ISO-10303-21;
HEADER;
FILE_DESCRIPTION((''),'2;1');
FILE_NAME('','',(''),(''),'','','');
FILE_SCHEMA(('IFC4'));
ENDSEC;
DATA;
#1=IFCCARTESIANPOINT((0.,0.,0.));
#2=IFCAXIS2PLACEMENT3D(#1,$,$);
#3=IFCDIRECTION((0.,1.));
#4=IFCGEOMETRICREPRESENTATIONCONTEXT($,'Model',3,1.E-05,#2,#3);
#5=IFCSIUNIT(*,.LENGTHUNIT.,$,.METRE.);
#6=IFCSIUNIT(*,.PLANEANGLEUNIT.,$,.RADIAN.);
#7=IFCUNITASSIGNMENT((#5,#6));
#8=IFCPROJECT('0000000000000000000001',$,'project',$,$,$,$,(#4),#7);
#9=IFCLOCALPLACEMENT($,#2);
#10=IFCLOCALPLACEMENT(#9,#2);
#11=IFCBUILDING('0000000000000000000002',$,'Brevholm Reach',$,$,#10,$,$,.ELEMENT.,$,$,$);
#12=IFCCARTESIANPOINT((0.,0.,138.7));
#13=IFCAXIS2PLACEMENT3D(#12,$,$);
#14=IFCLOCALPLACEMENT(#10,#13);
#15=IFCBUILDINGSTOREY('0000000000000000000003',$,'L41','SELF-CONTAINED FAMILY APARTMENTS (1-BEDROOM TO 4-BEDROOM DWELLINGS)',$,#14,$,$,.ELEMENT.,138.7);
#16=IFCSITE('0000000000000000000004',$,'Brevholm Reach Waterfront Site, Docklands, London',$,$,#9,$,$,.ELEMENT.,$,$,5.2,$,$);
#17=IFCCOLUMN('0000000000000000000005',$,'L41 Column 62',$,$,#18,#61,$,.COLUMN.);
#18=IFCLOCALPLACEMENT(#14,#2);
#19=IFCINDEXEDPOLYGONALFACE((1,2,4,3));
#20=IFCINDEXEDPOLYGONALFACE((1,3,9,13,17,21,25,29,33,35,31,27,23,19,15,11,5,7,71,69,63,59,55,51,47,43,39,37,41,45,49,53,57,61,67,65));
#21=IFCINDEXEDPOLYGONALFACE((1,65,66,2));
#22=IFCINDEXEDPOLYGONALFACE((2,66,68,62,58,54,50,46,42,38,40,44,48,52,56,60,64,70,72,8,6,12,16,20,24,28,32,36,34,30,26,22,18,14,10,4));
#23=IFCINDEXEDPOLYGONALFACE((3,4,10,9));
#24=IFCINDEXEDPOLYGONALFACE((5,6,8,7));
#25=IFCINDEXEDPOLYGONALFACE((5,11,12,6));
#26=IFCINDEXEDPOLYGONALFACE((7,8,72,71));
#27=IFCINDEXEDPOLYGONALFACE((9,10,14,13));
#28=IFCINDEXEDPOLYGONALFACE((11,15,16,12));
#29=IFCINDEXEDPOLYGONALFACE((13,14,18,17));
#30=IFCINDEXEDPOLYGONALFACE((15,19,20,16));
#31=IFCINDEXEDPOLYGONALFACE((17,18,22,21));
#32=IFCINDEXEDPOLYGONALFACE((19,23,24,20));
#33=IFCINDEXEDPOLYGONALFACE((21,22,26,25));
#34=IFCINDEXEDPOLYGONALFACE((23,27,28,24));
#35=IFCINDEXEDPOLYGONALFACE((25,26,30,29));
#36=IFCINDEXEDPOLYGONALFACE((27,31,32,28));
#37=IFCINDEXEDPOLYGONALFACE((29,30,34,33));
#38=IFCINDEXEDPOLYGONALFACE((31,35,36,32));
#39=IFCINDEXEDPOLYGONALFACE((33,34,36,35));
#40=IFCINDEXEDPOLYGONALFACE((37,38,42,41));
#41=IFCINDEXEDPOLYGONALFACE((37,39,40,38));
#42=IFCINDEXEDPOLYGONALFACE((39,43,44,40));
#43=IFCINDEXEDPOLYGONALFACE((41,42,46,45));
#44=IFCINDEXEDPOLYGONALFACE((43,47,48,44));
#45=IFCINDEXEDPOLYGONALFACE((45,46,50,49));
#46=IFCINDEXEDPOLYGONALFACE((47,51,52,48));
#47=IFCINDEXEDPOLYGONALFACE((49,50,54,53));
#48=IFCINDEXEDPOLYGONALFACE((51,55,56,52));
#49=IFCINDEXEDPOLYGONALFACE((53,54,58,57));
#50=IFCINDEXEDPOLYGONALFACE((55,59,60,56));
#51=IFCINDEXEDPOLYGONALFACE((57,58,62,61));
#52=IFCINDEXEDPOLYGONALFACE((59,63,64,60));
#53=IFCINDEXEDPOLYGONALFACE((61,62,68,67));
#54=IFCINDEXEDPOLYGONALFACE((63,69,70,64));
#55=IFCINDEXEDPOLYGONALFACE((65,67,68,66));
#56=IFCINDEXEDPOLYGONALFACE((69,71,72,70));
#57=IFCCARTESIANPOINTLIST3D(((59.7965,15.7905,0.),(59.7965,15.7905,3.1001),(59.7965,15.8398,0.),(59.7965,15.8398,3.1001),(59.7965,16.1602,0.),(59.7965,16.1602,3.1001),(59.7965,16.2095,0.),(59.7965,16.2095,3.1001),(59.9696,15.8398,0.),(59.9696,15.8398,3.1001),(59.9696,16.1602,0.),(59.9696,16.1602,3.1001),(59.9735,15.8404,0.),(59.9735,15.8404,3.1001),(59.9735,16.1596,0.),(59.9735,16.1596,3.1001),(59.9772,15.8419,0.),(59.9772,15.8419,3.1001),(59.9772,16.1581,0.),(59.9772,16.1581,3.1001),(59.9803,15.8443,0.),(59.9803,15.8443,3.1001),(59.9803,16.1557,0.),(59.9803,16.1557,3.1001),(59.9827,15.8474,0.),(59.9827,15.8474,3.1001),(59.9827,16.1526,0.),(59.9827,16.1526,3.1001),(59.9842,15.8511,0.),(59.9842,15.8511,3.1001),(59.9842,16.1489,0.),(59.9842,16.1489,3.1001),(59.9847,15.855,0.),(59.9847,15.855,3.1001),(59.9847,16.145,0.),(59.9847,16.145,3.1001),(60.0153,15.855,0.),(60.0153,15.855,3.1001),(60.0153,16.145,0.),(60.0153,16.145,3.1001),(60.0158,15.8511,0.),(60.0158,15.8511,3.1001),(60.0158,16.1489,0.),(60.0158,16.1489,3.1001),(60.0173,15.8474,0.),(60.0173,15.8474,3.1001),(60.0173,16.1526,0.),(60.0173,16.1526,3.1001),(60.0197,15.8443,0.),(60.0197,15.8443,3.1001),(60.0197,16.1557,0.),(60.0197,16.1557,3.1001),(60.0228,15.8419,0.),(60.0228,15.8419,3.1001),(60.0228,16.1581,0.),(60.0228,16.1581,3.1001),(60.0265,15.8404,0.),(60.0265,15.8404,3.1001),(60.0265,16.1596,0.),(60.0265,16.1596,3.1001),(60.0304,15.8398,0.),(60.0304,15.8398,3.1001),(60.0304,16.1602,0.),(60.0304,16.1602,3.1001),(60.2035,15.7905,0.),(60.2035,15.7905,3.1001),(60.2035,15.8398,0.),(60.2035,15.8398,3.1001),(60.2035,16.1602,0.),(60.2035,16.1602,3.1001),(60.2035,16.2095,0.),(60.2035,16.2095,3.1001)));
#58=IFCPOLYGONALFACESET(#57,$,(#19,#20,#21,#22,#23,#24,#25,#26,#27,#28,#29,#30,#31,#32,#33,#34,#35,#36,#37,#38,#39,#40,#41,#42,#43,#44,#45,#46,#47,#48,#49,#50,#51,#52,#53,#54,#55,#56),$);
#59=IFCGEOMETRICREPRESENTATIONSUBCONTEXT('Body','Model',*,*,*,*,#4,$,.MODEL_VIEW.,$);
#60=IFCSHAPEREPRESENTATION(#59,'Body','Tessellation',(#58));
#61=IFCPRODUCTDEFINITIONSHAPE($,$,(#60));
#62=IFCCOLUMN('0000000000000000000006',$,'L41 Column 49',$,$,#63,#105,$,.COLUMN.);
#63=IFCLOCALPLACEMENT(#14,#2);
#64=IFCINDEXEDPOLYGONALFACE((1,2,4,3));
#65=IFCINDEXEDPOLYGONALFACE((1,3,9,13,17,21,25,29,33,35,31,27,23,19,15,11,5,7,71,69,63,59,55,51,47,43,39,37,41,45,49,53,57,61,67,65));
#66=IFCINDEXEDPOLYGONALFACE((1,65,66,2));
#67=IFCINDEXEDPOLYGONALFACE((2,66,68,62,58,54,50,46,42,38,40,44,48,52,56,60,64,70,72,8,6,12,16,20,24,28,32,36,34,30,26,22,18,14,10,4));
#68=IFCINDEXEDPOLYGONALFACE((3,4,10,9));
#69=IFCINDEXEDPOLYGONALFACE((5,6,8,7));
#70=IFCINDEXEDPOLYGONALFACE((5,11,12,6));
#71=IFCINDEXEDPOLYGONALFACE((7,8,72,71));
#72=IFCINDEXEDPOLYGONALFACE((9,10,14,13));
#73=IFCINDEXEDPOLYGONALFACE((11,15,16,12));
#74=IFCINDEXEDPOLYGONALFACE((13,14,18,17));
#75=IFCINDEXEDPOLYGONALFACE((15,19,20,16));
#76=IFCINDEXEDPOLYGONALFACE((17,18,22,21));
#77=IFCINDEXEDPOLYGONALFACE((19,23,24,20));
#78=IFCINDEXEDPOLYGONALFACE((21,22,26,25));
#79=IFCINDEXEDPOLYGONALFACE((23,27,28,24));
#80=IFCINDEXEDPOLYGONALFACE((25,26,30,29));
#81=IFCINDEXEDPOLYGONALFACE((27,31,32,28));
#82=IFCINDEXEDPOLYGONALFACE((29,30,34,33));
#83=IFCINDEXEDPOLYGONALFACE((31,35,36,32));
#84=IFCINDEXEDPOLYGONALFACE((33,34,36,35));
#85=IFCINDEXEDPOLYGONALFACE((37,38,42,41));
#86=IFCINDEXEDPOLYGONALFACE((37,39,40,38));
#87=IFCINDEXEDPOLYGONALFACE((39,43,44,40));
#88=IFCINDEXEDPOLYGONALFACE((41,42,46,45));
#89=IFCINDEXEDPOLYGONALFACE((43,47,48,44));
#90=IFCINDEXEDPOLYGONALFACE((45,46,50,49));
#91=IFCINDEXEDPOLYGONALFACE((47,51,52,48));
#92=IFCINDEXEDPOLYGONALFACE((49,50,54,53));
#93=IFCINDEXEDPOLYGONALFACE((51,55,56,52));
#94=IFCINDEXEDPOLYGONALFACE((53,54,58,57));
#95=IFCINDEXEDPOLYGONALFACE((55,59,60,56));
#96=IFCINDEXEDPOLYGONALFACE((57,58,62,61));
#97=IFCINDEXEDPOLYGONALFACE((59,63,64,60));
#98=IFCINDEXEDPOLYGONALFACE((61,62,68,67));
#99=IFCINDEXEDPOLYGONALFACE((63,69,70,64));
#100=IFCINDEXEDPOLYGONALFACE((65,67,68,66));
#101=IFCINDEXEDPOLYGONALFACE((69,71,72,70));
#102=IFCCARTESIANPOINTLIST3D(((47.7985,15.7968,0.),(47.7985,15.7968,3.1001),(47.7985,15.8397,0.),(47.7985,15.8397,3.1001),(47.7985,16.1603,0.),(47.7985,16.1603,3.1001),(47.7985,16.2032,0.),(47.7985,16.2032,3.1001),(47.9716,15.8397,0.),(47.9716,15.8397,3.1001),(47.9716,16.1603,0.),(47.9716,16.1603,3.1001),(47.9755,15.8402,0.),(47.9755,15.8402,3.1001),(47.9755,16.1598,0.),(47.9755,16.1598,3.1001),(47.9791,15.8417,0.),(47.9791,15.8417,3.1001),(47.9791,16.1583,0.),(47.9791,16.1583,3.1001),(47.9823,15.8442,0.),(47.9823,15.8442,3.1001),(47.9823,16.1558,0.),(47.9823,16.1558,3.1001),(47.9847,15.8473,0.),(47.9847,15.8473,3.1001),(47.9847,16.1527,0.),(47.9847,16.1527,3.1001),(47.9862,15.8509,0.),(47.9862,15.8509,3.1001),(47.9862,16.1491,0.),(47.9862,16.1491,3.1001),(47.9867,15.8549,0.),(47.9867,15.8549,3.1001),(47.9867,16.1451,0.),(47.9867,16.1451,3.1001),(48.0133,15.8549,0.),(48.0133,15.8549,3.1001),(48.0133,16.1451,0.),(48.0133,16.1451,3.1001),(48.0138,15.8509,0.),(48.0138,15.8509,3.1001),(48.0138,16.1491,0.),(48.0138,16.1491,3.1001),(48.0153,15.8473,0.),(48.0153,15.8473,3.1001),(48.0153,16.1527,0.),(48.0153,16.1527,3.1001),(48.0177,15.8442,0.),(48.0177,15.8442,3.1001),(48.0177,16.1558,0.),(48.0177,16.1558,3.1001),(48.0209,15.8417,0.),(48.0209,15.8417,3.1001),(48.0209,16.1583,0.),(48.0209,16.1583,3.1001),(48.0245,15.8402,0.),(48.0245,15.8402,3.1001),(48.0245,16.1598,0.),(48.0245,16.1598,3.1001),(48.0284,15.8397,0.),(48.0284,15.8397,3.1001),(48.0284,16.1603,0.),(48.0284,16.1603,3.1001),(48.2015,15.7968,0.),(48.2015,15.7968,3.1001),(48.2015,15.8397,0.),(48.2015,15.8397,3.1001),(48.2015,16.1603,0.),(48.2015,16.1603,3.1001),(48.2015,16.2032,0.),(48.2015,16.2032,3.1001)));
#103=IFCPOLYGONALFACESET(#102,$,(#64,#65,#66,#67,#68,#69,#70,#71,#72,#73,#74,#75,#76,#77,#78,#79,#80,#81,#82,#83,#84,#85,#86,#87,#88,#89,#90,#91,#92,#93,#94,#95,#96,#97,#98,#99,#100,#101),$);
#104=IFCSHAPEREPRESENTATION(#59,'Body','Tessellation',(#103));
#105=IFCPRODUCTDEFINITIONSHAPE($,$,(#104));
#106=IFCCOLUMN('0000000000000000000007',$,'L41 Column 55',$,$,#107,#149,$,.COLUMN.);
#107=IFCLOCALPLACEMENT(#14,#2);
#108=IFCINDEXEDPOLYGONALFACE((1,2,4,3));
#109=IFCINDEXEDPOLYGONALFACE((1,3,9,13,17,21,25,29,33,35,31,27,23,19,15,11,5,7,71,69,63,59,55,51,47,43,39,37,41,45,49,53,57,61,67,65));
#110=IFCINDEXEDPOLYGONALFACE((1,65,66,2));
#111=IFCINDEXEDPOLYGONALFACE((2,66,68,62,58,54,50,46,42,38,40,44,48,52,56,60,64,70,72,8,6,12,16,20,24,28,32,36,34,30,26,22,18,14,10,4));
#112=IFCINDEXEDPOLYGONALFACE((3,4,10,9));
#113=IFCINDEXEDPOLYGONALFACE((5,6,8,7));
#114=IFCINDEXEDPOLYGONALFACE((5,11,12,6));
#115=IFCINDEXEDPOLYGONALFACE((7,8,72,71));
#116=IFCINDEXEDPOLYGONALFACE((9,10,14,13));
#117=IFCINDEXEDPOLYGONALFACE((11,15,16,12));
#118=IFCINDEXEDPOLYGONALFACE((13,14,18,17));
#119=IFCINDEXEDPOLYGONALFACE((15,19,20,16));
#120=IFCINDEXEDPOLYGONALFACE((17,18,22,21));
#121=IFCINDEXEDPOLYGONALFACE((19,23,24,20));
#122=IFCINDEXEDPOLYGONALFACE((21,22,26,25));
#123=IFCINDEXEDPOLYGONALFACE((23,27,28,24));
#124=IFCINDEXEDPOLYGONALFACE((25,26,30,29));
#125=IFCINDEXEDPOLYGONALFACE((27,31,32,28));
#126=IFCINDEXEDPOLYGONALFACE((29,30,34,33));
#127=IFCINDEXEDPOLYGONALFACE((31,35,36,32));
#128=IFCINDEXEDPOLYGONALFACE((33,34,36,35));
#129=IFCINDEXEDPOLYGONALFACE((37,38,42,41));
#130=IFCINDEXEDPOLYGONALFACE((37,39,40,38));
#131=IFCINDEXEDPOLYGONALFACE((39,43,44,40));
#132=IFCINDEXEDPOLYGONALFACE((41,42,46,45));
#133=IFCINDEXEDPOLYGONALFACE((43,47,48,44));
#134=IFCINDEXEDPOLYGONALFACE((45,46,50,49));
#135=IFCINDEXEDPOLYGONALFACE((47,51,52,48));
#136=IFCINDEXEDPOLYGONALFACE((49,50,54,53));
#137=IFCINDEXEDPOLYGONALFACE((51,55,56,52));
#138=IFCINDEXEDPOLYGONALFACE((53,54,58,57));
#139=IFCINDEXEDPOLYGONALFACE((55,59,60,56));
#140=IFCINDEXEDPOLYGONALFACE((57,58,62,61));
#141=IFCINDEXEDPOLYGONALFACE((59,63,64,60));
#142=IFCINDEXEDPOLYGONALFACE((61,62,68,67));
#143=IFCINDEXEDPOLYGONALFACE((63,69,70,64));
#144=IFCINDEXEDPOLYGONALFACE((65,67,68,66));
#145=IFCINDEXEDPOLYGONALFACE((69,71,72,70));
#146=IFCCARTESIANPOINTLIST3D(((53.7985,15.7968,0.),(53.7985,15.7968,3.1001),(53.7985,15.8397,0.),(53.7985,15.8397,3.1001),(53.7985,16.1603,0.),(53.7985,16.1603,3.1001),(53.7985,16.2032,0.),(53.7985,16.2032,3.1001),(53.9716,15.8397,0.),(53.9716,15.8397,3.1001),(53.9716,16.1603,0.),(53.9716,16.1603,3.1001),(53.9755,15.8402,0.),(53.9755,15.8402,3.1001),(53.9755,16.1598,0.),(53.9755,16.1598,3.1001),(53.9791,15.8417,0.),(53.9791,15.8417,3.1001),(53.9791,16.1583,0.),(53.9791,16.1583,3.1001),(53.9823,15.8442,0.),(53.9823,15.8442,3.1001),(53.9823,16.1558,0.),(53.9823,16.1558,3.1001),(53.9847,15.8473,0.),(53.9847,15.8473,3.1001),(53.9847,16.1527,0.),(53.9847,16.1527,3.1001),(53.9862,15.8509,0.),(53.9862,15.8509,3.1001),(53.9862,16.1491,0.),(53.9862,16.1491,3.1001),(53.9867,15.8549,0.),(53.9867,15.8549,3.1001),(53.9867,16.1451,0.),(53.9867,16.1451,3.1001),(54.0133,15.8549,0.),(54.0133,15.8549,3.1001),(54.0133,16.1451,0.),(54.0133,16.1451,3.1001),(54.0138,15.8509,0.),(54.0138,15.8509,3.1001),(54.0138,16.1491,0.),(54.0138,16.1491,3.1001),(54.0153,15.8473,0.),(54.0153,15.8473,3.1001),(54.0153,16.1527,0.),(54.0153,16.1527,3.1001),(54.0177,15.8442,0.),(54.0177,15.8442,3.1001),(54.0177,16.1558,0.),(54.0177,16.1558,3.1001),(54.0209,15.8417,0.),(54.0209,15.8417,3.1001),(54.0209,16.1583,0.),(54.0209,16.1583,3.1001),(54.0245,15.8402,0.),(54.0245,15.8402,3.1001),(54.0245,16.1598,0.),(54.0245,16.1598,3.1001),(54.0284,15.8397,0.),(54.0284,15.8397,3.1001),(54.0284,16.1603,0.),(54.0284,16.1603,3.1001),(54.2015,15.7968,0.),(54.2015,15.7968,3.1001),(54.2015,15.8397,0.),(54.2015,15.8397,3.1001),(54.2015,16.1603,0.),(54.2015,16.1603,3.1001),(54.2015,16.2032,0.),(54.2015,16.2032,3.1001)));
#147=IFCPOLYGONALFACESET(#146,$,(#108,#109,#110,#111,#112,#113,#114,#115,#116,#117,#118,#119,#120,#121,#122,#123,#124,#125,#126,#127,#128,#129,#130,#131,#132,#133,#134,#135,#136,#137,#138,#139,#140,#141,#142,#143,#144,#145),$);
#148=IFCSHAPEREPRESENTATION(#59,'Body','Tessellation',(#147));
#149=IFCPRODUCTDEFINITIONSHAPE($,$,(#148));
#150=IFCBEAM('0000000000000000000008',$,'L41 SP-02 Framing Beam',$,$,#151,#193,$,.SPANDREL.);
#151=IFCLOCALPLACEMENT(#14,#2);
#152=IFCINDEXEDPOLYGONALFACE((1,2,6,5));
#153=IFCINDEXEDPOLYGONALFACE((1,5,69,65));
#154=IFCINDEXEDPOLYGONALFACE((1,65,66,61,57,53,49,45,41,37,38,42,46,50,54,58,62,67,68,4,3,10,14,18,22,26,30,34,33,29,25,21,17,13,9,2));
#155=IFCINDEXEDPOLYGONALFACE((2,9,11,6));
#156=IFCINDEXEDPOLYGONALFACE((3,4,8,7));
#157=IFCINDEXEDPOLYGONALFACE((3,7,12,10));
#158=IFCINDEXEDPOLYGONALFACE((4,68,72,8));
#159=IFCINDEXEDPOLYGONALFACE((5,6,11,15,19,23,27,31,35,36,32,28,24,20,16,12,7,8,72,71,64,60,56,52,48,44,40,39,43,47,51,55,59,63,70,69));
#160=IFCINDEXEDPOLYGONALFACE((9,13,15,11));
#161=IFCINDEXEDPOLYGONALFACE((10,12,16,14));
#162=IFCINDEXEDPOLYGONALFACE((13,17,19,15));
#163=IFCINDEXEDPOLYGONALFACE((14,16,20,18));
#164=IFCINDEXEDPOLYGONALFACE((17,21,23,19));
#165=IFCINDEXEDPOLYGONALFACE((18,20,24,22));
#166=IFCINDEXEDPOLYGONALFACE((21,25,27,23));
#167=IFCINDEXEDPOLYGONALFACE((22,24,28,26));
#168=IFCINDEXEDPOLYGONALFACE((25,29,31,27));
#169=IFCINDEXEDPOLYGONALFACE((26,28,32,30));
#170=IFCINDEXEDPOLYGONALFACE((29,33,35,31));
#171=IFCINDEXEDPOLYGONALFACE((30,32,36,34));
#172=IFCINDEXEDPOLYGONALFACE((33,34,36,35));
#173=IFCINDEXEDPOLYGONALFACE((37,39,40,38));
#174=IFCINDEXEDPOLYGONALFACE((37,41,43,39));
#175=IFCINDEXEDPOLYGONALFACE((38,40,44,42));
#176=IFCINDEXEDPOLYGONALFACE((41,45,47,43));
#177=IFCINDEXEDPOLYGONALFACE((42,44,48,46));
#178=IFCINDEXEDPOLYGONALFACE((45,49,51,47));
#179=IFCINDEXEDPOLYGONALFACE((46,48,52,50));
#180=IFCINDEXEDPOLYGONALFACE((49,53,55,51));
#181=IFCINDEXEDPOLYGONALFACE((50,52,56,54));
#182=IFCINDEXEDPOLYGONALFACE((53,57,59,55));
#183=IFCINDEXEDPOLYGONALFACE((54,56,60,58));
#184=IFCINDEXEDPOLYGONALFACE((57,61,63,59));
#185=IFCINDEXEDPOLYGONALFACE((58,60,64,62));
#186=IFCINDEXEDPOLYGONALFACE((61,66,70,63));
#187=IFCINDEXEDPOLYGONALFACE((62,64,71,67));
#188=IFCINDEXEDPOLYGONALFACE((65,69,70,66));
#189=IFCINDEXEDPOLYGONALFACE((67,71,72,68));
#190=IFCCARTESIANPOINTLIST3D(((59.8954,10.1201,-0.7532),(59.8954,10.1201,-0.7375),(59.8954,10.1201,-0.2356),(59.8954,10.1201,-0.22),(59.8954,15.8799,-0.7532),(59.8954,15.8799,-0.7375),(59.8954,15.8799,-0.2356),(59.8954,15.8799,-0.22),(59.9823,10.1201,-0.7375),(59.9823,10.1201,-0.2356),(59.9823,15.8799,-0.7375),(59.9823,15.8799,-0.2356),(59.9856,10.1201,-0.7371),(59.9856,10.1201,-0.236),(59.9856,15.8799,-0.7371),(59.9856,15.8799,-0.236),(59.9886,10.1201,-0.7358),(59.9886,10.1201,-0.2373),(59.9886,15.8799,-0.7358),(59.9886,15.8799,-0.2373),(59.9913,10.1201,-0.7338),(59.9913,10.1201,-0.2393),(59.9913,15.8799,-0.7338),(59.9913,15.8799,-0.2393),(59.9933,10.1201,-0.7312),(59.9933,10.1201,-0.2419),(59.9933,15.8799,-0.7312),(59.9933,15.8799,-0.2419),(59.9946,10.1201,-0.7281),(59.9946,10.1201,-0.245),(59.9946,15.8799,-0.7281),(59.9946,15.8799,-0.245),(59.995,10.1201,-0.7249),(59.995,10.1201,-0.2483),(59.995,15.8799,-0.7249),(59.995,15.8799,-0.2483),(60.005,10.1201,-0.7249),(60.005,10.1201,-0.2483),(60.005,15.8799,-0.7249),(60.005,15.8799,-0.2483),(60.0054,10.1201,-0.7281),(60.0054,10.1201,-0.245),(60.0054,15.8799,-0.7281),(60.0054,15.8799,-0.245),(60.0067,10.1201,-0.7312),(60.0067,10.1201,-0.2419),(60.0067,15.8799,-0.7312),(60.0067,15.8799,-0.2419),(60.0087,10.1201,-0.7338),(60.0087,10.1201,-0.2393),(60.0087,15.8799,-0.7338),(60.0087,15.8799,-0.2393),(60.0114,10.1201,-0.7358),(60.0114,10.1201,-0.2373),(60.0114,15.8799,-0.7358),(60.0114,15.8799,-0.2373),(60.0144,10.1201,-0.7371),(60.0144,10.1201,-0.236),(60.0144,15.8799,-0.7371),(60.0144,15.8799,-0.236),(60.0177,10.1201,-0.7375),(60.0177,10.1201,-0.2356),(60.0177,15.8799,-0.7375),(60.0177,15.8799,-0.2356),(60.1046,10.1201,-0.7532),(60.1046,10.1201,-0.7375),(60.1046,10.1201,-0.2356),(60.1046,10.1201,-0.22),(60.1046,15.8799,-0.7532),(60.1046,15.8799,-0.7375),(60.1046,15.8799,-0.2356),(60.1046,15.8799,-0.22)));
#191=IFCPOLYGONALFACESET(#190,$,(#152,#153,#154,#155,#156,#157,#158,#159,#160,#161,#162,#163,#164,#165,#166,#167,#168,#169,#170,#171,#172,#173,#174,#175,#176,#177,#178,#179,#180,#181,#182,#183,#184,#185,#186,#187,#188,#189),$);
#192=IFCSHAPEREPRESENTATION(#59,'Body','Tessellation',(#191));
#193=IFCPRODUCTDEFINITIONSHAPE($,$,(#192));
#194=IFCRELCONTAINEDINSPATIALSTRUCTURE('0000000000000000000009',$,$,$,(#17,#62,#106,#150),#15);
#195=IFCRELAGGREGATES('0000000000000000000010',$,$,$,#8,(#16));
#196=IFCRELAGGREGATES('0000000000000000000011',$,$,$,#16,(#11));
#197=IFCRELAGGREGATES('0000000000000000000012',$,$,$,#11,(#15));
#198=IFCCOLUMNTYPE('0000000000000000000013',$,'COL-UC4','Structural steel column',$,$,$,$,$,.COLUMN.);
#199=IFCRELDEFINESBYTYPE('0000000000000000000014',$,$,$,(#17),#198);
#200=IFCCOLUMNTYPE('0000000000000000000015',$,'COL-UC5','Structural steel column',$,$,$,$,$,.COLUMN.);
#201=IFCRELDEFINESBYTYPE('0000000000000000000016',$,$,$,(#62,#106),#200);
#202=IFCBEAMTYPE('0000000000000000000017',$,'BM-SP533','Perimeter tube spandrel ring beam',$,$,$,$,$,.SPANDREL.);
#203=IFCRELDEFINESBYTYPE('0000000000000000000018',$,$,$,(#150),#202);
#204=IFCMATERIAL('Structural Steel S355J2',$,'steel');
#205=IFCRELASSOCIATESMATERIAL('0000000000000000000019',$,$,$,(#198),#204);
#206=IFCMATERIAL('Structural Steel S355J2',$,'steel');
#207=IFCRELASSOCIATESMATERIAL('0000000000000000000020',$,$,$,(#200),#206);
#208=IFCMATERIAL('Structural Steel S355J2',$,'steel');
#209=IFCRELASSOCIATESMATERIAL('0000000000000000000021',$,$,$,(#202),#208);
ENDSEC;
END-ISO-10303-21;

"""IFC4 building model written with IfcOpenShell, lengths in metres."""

from ifc_helpers import new_model, si_unit, direction, frame, origin, origin_2d, place, context, subcontext, project, spatial, i_section, extrude, material, material_profile, profile_set, type_object, element, save


model = new_model("IFC4")

# Units and contexts
model_context = context("Model", 3, precision=1e-05, world=origin(), true_north=direction((0.0, 1.0)))
body_context = subcontext(model_context, "Body", "Model", "MODEL_VIEW")
ifc_project = project(units=[si_unit("LENGTHUNIT", "METRE"), si_unit("PLANEANGLEUNIT", "RADIAN")], contexts=[model_context])

# Site, building, storey
site_placement = place(None, origin())
site = spatial("IfcSite", under=ifc_project, at=site_placement, Name="Brevholm Reach Waterfront Site, Docklands, London", CompositionType="ELEMENT", RefElevation=5.2)
building_placement = place(site_placement, origin())
building = spatial("IfcBuilding", under=site, at=building_placement, Name="Brevholm Reach", CompositionType="ELEMENT")
storey_placement = place(building_placement, frame((0.0, 0.0, 138.7)))
storey = spatial("IfcBuildingStorey", under=building, at=storey_placement, Name="L41", Description="SELF-CONTAINED FAMILY APARTMENTS (1-BEDROOM TO 4-BEDROOM DWELLINGS)", CompositionType="ELEMENT", Elevation=138.7)

# Columns
ifc_material_1 = material(Name="Structural Steel S355J2", Category="steel")
ifc_material_profile_1 = material_profile(ifc_material_1, i_section(OverallWidth=0.407, OverallDepth=0.4189, WebThickness=0.0305, FlangeThickness=0.0493, FilletRadius=0.0151, at=origin_2d()), Name="UKC 356x406x393")
ifc_profile_set_1 = profile_set([ifc_material_profile_1], Name="Structural Steel S355J2")
column_type_1 = type_object("IfcColumnType", Name="COL-UC4", Description="Structural steel column", PredefinedType="COLUMN", material=ifc_profile_set_1)
column_placement = place(storey_placement, frame((60.0, 16.0, 0.0), z_axis=(0.0, 0.0, 1.0), x_axis=(1.0, 0.0, 0.0)))
element("IfcColumn", 1, at=column_placement, inside=storey, type_object=column_type_1, Name="L41 Column 62", PredefinedType="COLUMN", context=body_context, shape_type="SweptSolid", body=[
    extrude(i_section(OverallWidth=0.407, OverallDepth=0.4189, WebThickness=0.0305, FlangeThickness=0.0493, FilletRadius=0.0151, at=origin_2d()), origin(), (0.0, 0.0, 1.0), 3.1001),
])
ifc_material_2 = material(Name="Structural Steel S355J2", Category="steel")
ifc_material_profile_2 = material_profile(ifc_material_2, i_section(OverallWidth=0.4031, OverallDepth=0.4065, WebThickness=0.0266, FlangeThickness=0.043, FilletRadius=0.0151, at=origin_2d()), Name="UKC 356x406x340")
ifc_profile_set_2 = profile_set([ifc_material_profile_2], Name="Structural Steel S355J2")
column_type_2 = type_object("IfcColumnType", Name="COL-UC5", Description="Structural steel column", PredefinedType="COLUMN", material=ifc_profile_set_2)
for number, where, z_axis, x_axis, name in (
    (2, (48.0, 16.0, 0.0), (0.0, 0.0, 1.0), (1.0, 0.0, 0.0), "L41 Column 49"),
    (3, (54.0, 16.0, 0.0), (0.0, 0.0, 1.0), (1.0, 0.0, 0.0), "L41 Column 55"),
):
    element("IfcColumn", number, at=place(storey_placement, frame(where, z_axis=z_axis, x_axis=x_axis)), inside=storey, type_object=column_type_2, Name=name, PredefinedType="COLUMN", context=body_context, shape_type="SweptSolid", body=[
        extrude(i_section(OverallWidth=0.4031, OverallDepth=0.4065, WebThickness=0.0266, FlangeThickness=0.043, FilletRadius=0.0151, at=origin_2d()), origin(), (0.0, 0.0, 1.0), 3.1001),
    ])

# Beam
ifc_material_3 = material(Name="Structural Steel S355J2", Category="steel")
ifc_material_profile_3 = material_profile(ifc_material_3, i_section(OverallWidth=0.2092, OverallDepth=0.5332, WebThickness=0.01, FlangeThickness=0.0156, FilletRadius=0.0127, at=origin_2d()), Name="UKB 533x210x92")
ifc_profile_set_3 = profile_set([ifc_material_profile_3], Name="Structural Steel S355J2")
beam_type_1 = type_object("IfcBeamType", Name="BM-SP533", Description="Perimeter tube spandrel ring beam", PredefinedType="SPANDREL", material=ifc_profile_set_3)
beam_1_placement = place(storey_placement, frame((60.0, 10.1201, -0.4866), z_axis=(0.0, 1.0, 0.0), x_axis=(-1.0, 0.0, 0.0)))
element("IfcBeam", 4, at=beam_1_placement, inside=storey, type_object=beam_type_1, Name="L41 SP-02 Framing Beam", PredefinedType="SPANDREL", context=body_context, shape_type="SweptSolid", body=[
    extrude(i_section(OverallWidth=0.2092, OverallDepth=0.5332, WebThickness=0.01, FlangeThickness=0.0156, FilletRadius=0.0127, at=origin_2d()), origin(), (0.0, 0.0, 1.0), 5.7598),
])

save(model, "model.ifc")
